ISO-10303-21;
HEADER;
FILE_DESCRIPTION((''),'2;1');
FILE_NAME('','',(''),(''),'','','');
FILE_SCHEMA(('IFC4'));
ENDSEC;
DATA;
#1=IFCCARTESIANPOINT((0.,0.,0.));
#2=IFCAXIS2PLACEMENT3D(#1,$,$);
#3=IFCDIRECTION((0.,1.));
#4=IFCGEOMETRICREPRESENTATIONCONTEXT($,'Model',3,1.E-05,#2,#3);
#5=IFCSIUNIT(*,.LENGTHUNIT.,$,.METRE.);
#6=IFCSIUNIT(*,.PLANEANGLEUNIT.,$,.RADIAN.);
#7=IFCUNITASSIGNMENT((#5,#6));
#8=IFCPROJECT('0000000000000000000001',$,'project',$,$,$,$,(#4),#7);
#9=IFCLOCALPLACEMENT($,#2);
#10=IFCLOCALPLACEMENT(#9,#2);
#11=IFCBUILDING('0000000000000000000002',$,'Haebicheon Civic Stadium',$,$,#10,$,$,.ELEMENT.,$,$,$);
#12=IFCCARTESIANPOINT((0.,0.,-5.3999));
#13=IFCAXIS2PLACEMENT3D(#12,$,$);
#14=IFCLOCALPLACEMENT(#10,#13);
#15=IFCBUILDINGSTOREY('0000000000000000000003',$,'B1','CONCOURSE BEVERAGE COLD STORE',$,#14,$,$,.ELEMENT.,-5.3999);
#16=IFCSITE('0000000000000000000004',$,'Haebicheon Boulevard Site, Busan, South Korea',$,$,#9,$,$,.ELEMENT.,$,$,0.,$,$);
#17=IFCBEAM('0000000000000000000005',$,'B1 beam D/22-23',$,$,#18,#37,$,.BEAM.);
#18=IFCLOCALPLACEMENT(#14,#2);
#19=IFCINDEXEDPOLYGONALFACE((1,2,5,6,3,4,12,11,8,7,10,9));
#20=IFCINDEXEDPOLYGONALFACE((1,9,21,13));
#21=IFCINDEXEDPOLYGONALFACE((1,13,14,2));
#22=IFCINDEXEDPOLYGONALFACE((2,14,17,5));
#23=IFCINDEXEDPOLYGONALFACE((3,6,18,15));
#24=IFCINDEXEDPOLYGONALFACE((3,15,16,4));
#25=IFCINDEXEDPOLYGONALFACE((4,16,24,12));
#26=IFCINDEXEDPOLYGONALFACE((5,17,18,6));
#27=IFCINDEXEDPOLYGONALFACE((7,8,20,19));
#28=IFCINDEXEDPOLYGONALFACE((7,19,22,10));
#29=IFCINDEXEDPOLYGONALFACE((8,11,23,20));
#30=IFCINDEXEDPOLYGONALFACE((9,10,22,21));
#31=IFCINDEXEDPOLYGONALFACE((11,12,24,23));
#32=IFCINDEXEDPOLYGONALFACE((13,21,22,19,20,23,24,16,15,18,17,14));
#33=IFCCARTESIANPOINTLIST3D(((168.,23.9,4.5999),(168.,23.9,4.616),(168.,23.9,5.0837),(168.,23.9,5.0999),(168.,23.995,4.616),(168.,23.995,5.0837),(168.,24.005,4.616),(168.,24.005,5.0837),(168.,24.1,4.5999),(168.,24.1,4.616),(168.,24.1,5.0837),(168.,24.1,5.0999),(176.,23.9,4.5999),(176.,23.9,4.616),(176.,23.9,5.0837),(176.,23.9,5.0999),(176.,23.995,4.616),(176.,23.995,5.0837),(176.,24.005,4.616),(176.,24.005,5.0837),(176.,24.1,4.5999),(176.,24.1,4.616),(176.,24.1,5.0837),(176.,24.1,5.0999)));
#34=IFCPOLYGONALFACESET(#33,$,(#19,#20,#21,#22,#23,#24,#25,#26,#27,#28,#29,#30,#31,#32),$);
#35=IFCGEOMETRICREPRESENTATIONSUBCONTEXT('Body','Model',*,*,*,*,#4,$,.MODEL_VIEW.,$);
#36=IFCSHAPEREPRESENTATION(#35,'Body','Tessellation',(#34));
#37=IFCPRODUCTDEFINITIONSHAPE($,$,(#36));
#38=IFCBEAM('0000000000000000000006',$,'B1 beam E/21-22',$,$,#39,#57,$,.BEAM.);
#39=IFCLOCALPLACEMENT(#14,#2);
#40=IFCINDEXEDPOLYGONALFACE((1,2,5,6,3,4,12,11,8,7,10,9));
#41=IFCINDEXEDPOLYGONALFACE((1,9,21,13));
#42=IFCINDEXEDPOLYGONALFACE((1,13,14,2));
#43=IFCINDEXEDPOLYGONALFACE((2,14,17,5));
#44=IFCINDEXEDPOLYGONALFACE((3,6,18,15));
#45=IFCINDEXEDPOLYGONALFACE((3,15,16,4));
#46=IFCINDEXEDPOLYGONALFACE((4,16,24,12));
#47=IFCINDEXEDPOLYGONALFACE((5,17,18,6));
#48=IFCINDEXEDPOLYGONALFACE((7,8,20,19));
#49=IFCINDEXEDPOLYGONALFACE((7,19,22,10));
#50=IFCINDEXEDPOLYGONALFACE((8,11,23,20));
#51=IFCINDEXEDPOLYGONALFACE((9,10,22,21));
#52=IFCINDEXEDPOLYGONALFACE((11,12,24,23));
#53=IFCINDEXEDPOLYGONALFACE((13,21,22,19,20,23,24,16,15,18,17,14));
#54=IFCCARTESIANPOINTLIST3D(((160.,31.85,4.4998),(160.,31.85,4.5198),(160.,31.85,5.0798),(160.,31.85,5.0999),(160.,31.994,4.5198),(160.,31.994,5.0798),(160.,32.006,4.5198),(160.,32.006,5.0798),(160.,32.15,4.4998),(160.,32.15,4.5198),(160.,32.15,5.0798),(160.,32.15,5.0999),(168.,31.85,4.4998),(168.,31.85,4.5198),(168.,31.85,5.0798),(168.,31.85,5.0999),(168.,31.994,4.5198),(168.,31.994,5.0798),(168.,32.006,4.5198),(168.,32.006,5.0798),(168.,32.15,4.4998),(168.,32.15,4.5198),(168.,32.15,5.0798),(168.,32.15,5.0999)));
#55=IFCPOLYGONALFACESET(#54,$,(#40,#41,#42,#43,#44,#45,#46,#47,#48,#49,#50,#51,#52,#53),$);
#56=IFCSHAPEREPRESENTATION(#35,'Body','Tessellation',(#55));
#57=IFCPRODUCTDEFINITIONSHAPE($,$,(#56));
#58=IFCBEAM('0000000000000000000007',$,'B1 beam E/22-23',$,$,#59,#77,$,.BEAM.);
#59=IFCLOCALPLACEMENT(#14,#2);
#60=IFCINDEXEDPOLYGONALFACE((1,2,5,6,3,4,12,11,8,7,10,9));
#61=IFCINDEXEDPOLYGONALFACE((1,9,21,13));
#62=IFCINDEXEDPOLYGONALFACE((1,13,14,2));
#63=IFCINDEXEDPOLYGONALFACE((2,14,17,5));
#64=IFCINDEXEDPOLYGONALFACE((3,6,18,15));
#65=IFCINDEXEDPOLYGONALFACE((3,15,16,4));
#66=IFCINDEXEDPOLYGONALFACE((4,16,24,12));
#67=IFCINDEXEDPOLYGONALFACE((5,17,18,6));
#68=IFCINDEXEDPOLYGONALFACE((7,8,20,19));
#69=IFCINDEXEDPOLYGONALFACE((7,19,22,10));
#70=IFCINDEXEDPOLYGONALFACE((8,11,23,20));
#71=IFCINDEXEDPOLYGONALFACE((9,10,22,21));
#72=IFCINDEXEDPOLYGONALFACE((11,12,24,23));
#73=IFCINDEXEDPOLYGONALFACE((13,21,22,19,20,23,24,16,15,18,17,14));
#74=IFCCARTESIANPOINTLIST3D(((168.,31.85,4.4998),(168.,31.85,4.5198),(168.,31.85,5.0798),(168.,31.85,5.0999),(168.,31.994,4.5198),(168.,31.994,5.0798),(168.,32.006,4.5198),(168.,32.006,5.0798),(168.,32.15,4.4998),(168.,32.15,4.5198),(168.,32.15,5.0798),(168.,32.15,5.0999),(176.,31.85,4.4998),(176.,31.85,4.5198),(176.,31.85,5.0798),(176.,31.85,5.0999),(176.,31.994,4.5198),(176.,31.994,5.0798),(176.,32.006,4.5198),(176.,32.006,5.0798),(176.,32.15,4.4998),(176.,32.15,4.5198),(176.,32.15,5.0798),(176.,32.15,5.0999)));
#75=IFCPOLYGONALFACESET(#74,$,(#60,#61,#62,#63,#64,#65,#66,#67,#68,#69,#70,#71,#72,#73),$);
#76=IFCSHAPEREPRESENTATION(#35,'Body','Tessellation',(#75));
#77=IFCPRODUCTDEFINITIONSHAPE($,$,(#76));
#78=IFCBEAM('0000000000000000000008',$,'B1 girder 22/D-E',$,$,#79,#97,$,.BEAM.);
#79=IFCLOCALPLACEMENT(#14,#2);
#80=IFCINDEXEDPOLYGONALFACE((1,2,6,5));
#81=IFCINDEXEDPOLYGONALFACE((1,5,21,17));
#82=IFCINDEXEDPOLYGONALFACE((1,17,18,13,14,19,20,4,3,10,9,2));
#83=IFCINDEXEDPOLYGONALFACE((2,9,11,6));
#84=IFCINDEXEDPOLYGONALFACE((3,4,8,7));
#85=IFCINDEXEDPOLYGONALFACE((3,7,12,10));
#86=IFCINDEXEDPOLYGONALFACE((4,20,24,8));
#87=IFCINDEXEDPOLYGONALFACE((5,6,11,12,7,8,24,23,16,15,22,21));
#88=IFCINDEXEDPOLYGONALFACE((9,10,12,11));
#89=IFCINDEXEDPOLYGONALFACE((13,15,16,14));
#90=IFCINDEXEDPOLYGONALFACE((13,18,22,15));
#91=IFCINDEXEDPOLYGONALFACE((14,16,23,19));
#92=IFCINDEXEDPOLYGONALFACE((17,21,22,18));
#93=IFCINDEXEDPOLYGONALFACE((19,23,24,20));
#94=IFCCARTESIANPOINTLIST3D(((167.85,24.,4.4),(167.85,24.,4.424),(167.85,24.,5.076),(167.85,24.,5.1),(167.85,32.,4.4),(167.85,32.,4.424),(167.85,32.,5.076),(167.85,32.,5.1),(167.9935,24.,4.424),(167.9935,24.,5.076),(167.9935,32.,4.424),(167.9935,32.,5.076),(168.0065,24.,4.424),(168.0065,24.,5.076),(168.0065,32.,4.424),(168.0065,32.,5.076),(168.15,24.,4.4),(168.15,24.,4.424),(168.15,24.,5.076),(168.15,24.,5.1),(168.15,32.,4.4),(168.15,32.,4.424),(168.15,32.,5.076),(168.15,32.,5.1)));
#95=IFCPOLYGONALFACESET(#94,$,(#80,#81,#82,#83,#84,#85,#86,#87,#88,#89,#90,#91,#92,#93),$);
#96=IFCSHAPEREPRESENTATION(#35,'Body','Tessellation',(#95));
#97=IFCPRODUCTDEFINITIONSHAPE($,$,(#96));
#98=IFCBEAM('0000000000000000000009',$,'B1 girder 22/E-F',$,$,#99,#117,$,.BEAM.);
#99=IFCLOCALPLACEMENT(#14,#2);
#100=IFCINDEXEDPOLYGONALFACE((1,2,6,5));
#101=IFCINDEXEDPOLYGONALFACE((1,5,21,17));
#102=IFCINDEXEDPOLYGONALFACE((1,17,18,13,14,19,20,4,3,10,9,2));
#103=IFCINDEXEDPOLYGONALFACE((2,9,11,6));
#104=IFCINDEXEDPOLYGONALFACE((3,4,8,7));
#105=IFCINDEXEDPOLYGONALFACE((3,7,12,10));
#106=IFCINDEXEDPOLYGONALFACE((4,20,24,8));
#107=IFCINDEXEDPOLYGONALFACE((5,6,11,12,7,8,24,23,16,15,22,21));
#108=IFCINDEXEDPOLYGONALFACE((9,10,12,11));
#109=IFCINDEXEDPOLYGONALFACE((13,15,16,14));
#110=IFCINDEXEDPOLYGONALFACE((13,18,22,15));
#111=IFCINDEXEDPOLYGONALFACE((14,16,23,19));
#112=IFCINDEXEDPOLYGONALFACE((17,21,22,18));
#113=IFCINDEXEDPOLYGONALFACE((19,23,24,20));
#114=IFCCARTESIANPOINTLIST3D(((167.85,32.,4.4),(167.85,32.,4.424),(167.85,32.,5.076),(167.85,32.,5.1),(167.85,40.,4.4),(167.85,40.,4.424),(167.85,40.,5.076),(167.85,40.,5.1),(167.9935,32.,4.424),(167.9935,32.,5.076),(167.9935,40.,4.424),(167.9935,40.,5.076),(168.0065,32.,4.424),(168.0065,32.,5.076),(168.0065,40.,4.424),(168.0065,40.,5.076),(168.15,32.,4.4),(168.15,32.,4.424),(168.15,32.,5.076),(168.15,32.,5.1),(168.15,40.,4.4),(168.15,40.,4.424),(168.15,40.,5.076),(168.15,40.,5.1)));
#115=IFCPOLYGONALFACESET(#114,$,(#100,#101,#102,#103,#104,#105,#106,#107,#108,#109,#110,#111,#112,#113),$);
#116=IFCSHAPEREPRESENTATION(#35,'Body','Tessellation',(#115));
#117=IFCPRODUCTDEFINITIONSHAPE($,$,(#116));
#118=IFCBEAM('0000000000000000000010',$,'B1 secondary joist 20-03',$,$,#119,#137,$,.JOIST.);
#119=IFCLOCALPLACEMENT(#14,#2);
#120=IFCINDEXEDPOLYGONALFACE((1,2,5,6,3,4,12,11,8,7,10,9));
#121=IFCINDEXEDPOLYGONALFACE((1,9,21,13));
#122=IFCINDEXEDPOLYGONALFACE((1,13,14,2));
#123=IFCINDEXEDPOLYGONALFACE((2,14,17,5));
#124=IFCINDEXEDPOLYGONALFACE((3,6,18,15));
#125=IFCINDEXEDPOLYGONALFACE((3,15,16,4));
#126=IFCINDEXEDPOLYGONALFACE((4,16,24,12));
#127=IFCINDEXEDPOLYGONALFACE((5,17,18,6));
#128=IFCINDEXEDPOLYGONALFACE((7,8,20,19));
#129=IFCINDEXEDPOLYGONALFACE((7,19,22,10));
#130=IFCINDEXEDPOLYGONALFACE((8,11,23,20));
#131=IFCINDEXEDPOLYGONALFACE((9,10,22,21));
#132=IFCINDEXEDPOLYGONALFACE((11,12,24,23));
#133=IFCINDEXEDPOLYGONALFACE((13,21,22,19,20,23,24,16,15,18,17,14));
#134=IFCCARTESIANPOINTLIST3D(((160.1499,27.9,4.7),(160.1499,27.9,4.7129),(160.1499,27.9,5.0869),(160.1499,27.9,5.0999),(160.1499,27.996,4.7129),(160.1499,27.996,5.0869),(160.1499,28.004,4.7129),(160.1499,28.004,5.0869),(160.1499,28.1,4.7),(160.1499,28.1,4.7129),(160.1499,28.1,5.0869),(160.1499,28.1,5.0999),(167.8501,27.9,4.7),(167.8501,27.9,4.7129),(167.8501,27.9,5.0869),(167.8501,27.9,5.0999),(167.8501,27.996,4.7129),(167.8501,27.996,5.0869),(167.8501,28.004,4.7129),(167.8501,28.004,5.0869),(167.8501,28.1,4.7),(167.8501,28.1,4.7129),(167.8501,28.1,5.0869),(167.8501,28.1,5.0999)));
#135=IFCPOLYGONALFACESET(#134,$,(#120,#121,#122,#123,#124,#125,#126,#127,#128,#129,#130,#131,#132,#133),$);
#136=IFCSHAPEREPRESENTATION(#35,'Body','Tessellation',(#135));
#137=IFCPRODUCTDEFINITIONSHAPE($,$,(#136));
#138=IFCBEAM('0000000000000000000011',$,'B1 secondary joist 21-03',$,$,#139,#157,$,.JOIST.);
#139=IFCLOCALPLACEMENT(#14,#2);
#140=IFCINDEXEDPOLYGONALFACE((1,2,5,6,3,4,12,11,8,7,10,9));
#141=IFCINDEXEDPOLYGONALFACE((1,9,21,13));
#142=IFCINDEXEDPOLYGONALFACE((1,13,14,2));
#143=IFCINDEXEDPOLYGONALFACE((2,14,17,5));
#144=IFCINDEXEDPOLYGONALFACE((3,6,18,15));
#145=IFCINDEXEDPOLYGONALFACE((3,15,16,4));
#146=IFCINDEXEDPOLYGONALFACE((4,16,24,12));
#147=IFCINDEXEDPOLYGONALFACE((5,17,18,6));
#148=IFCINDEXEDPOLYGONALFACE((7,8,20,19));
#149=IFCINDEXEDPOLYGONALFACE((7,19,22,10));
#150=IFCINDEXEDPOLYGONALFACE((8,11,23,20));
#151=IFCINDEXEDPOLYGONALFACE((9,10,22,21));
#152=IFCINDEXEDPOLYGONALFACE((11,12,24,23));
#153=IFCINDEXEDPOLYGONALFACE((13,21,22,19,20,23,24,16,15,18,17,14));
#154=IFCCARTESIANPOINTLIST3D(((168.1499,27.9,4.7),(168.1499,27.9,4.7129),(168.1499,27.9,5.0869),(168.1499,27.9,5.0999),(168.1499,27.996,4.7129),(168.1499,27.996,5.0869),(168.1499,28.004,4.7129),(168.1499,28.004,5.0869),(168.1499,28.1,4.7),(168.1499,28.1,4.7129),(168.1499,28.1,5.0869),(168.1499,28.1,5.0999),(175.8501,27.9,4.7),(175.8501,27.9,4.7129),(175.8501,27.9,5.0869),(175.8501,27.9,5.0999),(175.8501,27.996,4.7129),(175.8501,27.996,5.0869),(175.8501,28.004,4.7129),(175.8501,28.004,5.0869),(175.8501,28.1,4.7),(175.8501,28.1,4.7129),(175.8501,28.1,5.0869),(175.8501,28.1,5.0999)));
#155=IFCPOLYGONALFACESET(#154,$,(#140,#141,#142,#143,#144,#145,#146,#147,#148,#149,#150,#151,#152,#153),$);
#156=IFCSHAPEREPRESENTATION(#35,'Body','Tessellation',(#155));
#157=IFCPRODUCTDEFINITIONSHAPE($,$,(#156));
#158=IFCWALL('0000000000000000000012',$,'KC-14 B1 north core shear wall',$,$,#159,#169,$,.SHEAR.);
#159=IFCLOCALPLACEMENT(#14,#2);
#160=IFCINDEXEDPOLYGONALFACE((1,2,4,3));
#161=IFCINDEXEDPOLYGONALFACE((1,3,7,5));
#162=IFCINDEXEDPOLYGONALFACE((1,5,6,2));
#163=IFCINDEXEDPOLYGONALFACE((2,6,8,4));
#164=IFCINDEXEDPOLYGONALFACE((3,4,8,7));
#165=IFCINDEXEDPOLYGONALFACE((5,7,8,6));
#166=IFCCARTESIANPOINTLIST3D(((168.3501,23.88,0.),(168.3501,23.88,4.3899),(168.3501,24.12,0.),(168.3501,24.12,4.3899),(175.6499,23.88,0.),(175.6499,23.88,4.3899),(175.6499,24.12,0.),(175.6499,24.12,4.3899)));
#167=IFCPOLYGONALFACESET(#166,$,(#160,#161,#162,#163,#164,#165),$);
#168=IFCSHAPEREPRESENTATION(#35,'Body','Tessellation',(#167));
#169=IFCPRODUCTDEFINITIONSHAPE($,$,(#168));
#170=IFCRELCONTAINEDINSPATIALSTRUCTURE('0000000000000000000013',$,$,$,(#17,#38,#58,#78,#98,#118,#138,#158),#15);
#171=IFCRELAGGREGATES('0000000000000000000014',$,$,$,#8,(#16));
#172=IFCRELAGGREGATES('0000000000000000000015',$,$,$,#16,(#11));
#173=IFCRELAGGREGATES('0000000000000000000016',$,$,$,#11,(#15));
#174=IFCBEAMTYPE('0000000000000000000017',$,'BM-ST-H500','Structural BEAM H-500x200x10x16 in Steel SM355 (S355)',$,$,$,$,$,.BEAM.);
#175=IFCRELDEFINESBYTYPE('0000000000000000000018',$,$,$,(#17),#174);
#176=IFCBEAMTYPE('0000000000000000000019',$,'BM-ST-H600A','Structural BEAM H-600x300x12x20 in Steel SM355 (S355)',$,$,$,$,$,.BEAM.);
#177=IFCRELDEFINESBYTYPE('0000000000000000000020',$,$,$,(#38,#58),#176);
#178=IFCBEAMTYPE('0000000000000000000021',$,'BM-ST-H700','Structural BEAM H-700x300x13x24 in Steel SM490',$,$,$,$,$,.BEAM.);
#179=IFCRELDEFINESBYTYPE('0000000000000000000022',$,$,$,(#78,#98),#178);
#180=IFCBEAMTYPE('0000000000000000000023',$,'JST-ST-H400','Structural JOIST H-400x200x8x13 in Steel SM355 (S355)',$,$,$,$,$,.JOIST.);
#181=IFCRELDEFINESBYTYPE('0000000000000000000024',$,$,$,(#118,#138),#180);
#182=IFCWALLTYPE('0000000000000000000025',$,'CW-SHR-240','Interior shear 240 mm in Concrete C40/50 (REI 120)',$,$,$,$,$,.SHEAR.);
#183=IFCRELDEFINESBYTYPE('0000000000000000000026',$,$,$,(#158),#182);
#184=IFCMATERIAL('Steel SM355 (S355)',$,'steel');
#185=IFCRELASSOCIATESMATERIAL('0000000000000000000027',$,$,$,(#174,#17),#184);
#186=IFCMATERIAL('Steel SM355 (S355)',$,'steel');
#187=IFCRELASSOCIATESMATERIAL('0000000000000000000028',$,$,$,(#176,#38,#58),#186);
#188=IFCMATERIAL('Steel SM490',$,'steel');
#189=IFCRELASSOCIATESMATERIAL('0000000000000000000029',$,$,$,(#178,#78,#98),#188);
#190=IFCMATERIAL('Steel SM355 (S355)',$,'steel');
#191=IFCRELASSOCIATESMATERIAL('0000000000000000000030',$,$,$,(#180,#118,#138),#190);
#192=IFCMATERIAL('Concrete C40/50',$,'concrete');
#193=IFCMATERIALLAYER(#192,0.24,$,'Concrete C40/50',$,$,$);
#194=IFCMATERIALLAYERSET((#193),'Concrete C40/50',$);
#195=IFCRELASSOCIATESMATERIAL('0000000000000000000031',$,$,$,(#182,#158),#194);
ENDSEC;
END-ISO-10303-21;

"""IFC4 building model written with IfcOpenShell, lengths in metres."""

from ifc_helpers import new_model, si_unit, direction, frame, frame_2d, origin, origin_2d, place, context, subcontext, project, spatial, rectangle, i_section, extrude, material, layer, layer_set, material_profile, profile_set, type_object, element, save


model = new_model("IFC4")

# Units and contexts
model_context = context("Model", 3, precision=1e-05, world=origin(), true_north=direction((0.0, 1.0)))
body_context = subcontext(model_context, "Body", "Model", "MODEL_VIEW")
ifc_project = project(units=[si_unit("LENGTHUNIT", "METRE"), si_unit("PLANEANGLEUNIT", "RADIAN")], contexts=[model_context])

# Site, building, storey
site_placement = place(None, origin())
site = spatial("IfcSite", under=ifc_project, at=site_placement, Name="Haebicheon Boulevard Site, Busan, South Korea", CompositionType="ELEMENT", RefElevation=0.0)
building_placement = place(site_placement, origin())
building = spatial("IfcBuilding", under=site, at=building_placement, Name="Haebicheon Civic Stadium", CompositionType="ELEMENT")
storey_placement = place(building_placement, frame((0.0, 0.0, -5.3999)))
storey = spatial("IfcBuildingStorey", under=building, at=storey_placement, Name="B1", Description="CONCOURSE BEVERAGE COLD STORE", CompositionType="ELEMENT", Elevation=-5.3999)

# Beams
ifc_material_1 = material(Name="Steel SM355 (S355)", Category="steel")
ifc_material_profile_1 = material_profile(ifc_material_1, i_section(OverallWidth=0.2, OverallDepth=0.5, WebThickness=0.01, FlangeThickness=0.0161, at=origin_2d()), Name="H-500x200x10x16")
ifc_profile_set_1 = profile_set([ifc_material_profile_1], Name="Steel SM355 (S355)")
beam_type_1 = type_object("IfcBeamType", Name="BM-ST-H500", Description="Structural BEAM H-500x200x10x16 in Steel SM355 (S355)", PredefinedType="BEAM", material=ifc_profile_set_1)
beam_placement = place(storey_placement, frame((168.0, 24.0, 4.8499), z_axis=(1.0, 0.0, 0.0), x_axis=(0.0, 1.0, 0.0)))
element("IfcBeam", 1, at=beam_placement, inside=storey, type_object=beam_type_1, material=ifc_profile_set_1, Name="B1 beam D/22-23", PredefinedType="BEAM", context=body_context, shape_type="SweptSolid", body=[
    extrude(i_section(OverallWidth=0.2, OverallDepth=0.5, WebThickness=0.01, FlangeThickness=0.0161, at=origin_2d()), origin(), (0.0, 0.0, 1.0), 8.0),
])
ifc_material_2 = material(Name="Steel SM355 (S355)", Category="steel")
ifc_material_profile_2 = material_profile(ifc_material_2, i_section(OverallWidth=0.3, OverallDepth=0.6001, WebThickness=0.012, FlangeThickness=0.02, at=origin_2d()), Name="H-600x300x12x20")
ifc_profile_set_2 = profile_set([ifc_material_profile_2], Name="Steel SM355 (S355)")
beam_type_2 = type_object("IfcBeamType", Name="BM-ST-H600A", Description="Structural BEAM H-600x300x12x20 in Steel SM355 (S355)", PredefinedType="BEAM", material=ifc_profile_set_2)
for number, where, z_axis, x_axis, name in (
    (2, (160.0, 32.0, 4.7998), (1.0, 0.0, 0.0), (0.0, 1.0, 0.0), "B1 beam E/21-22"),
    (3, (168.0, 32.0, 4.7998), (1.0, 0.0, 0.0), (0.0, 1.0, 0.0), "B1 beam E/22-23"),
):
    element("IfcBeam", number, at=place(storey_placement, frame(where, z_axis=z_axis, x_axis=x_axis)), inside=storey, type_object=beam_type_2, material=ifc_profile_set_2, Name=name, PredefinedType="BEAM", context=body_context, shape_type="SweptSolid", body=[
        extrude(i_section(OverallWidth=0.3, OverallDepth=0.6001, WebThickness=0.012, FlangeThickness=0.02, at=origin_2d()), origin(), (0.0, 0.0, 1.0), 8.0),
    ])
ifc_material_3 = material(Name="Steel SM490", Category="steel")
ifc_material_profile_3 = material_profile(ifc_material_3, i_section(OverallWidth=0.3, OverallDepth=0.7, WebThickness=0.0129, FlangeThickness=0.0239, at=origin_2d()), Name="H-700x300x13x24")
ifc_profile_set_3 = profile_set([ifc_material_profile_3], Name="Steel SM490")
beam_type_3 = type_object("IfcBeamType", Name="BM-ST-H700", Description="Structural BEAM H-700x300x13x24 in Steel SM490", PredefinedType="BEAM", material=ifc_profile_set_3)
for number, where, z_axis, x_axis, name in (
    (4, (168.0, 24.0, 4.75), (0.0, 1.0, 0.0), (-1.0, 0.0, 0.0), "B1 girder 22/D-E"),
    (5, (168.0, 32.0, 4.75), (0.0, 1.0, 0.0), (-1.0, 0.0, 0.0), "B1 girder 22/E-F"),
):
    element("IfcBeam", number, at=place(storey_placement, frame(where, z_axis=z_axis, x_axis=x_axis)), inside=storey, type_object=beam_type_3, material=ifc_profile_set_3, Name=name, PredefinedType="BEAM", context=body_context, shape_type="SweptSolid", body=[
        extrude(i_section(OverallWidth=0.3, OverallDepth=0.7, WebThickness=0.0129, FlangeThickness=0.0239, at=origin_2d()), origin(), (0.0, 0.0, 1.0), 8.0),
    ])
ifc_material_4 = material(Name="Steel SM355 (S355)", Category="steel")
ifc_material_profile_4 = material_profile(ifc_material_4, i_section(OverallWidth=0.2, OverallDepth=0.3999, WebThickness=0.0081, FlangeThickness=0.0129, at=origin_2d()), Name="H-400x200x8x13")
ifc_profile_set_4 = profile_set([ifc_material_profile_4], Name="Steel SM355 (S355)")
beam_type_4 = type_object("IfcBeamType", Name="JST-ST-H400", Description="Structural JOIST H-400x200x8x13 in Steel SM355 (S355)", PredefinedType="JOIST", material=ifc_profile_set_4)
for number, where, z_axis, x_axis, name in (
    (6, (160.1499, 28.0, 4.8999), (1.0, 0.0, 0.0), (0.0, 1.0, 0.0), "B1 secondary joist 20-03"),
    (7, (168.1499, 28.0, 4.8999), (1.0, 0.0, 0.0), (0.0, 1.0, 0.0), "B1 secondary joist 21-03"),
):
    element("IfcBeam", number, at=place(storey_placement, frame(where, z_axis=z_axis, x_axis=x_axis)), inside=storey, type_object=beam_type_4, material=ifc_profile_set_4, Name=name, PredefinedType="JOIST", context=body_context, shape_type="SweptSolid", body=[
        extrude(i_section(OverallWidth=0.2, OverallDepth=0.3999, WebThickness=0.0081, FlangeThickness=0.0129, at=origin_2d()), origin(), (0.0, 0.0, 1.0), 7.7002),
    ])

# Wall
ifc_material_5 = material(Name="Concrete C40/50", Category="concrete")
ifc_layer_1 = layer(ifc_material_5, 0.24, Name="Concrete C40/50")
ifc_layer_set_1 = layer_set([ifc_layer_1], Name="Concrete C40/50")
wall_type_1 = type_object("IfcWallType", Name="CW-SHR-240", Description="Interior shear 240 mm in Concrete C40/50 (REI 120)", PredefinedType="SHEAR", material=ifc_layer_set_1)
wall_1_placement = place(storey_placement, frame((168.3501, 24.0, 0.0), z_axis=(0.0, 0.0, 1.0), x_axis=(1.0, 0.0, 0.0)))
element("IfcWall", 8, at=wall_1_placement, inside=storey, type_object=wall_type_1, material=ifc_layer_set_1, Name="KC-14 B1 north core shear wall", PredefinedType="SHEAR", context=body_context, shape_type="SweptSolid", body=[
    extrude(rectangle(XDim=7.2998, YDim=0.24, at=frame_2d((3.6499, 0.0))), origin(), (0.0, 0.0, 1.0), 4.3899),
])

save(model, "model.ifc")
